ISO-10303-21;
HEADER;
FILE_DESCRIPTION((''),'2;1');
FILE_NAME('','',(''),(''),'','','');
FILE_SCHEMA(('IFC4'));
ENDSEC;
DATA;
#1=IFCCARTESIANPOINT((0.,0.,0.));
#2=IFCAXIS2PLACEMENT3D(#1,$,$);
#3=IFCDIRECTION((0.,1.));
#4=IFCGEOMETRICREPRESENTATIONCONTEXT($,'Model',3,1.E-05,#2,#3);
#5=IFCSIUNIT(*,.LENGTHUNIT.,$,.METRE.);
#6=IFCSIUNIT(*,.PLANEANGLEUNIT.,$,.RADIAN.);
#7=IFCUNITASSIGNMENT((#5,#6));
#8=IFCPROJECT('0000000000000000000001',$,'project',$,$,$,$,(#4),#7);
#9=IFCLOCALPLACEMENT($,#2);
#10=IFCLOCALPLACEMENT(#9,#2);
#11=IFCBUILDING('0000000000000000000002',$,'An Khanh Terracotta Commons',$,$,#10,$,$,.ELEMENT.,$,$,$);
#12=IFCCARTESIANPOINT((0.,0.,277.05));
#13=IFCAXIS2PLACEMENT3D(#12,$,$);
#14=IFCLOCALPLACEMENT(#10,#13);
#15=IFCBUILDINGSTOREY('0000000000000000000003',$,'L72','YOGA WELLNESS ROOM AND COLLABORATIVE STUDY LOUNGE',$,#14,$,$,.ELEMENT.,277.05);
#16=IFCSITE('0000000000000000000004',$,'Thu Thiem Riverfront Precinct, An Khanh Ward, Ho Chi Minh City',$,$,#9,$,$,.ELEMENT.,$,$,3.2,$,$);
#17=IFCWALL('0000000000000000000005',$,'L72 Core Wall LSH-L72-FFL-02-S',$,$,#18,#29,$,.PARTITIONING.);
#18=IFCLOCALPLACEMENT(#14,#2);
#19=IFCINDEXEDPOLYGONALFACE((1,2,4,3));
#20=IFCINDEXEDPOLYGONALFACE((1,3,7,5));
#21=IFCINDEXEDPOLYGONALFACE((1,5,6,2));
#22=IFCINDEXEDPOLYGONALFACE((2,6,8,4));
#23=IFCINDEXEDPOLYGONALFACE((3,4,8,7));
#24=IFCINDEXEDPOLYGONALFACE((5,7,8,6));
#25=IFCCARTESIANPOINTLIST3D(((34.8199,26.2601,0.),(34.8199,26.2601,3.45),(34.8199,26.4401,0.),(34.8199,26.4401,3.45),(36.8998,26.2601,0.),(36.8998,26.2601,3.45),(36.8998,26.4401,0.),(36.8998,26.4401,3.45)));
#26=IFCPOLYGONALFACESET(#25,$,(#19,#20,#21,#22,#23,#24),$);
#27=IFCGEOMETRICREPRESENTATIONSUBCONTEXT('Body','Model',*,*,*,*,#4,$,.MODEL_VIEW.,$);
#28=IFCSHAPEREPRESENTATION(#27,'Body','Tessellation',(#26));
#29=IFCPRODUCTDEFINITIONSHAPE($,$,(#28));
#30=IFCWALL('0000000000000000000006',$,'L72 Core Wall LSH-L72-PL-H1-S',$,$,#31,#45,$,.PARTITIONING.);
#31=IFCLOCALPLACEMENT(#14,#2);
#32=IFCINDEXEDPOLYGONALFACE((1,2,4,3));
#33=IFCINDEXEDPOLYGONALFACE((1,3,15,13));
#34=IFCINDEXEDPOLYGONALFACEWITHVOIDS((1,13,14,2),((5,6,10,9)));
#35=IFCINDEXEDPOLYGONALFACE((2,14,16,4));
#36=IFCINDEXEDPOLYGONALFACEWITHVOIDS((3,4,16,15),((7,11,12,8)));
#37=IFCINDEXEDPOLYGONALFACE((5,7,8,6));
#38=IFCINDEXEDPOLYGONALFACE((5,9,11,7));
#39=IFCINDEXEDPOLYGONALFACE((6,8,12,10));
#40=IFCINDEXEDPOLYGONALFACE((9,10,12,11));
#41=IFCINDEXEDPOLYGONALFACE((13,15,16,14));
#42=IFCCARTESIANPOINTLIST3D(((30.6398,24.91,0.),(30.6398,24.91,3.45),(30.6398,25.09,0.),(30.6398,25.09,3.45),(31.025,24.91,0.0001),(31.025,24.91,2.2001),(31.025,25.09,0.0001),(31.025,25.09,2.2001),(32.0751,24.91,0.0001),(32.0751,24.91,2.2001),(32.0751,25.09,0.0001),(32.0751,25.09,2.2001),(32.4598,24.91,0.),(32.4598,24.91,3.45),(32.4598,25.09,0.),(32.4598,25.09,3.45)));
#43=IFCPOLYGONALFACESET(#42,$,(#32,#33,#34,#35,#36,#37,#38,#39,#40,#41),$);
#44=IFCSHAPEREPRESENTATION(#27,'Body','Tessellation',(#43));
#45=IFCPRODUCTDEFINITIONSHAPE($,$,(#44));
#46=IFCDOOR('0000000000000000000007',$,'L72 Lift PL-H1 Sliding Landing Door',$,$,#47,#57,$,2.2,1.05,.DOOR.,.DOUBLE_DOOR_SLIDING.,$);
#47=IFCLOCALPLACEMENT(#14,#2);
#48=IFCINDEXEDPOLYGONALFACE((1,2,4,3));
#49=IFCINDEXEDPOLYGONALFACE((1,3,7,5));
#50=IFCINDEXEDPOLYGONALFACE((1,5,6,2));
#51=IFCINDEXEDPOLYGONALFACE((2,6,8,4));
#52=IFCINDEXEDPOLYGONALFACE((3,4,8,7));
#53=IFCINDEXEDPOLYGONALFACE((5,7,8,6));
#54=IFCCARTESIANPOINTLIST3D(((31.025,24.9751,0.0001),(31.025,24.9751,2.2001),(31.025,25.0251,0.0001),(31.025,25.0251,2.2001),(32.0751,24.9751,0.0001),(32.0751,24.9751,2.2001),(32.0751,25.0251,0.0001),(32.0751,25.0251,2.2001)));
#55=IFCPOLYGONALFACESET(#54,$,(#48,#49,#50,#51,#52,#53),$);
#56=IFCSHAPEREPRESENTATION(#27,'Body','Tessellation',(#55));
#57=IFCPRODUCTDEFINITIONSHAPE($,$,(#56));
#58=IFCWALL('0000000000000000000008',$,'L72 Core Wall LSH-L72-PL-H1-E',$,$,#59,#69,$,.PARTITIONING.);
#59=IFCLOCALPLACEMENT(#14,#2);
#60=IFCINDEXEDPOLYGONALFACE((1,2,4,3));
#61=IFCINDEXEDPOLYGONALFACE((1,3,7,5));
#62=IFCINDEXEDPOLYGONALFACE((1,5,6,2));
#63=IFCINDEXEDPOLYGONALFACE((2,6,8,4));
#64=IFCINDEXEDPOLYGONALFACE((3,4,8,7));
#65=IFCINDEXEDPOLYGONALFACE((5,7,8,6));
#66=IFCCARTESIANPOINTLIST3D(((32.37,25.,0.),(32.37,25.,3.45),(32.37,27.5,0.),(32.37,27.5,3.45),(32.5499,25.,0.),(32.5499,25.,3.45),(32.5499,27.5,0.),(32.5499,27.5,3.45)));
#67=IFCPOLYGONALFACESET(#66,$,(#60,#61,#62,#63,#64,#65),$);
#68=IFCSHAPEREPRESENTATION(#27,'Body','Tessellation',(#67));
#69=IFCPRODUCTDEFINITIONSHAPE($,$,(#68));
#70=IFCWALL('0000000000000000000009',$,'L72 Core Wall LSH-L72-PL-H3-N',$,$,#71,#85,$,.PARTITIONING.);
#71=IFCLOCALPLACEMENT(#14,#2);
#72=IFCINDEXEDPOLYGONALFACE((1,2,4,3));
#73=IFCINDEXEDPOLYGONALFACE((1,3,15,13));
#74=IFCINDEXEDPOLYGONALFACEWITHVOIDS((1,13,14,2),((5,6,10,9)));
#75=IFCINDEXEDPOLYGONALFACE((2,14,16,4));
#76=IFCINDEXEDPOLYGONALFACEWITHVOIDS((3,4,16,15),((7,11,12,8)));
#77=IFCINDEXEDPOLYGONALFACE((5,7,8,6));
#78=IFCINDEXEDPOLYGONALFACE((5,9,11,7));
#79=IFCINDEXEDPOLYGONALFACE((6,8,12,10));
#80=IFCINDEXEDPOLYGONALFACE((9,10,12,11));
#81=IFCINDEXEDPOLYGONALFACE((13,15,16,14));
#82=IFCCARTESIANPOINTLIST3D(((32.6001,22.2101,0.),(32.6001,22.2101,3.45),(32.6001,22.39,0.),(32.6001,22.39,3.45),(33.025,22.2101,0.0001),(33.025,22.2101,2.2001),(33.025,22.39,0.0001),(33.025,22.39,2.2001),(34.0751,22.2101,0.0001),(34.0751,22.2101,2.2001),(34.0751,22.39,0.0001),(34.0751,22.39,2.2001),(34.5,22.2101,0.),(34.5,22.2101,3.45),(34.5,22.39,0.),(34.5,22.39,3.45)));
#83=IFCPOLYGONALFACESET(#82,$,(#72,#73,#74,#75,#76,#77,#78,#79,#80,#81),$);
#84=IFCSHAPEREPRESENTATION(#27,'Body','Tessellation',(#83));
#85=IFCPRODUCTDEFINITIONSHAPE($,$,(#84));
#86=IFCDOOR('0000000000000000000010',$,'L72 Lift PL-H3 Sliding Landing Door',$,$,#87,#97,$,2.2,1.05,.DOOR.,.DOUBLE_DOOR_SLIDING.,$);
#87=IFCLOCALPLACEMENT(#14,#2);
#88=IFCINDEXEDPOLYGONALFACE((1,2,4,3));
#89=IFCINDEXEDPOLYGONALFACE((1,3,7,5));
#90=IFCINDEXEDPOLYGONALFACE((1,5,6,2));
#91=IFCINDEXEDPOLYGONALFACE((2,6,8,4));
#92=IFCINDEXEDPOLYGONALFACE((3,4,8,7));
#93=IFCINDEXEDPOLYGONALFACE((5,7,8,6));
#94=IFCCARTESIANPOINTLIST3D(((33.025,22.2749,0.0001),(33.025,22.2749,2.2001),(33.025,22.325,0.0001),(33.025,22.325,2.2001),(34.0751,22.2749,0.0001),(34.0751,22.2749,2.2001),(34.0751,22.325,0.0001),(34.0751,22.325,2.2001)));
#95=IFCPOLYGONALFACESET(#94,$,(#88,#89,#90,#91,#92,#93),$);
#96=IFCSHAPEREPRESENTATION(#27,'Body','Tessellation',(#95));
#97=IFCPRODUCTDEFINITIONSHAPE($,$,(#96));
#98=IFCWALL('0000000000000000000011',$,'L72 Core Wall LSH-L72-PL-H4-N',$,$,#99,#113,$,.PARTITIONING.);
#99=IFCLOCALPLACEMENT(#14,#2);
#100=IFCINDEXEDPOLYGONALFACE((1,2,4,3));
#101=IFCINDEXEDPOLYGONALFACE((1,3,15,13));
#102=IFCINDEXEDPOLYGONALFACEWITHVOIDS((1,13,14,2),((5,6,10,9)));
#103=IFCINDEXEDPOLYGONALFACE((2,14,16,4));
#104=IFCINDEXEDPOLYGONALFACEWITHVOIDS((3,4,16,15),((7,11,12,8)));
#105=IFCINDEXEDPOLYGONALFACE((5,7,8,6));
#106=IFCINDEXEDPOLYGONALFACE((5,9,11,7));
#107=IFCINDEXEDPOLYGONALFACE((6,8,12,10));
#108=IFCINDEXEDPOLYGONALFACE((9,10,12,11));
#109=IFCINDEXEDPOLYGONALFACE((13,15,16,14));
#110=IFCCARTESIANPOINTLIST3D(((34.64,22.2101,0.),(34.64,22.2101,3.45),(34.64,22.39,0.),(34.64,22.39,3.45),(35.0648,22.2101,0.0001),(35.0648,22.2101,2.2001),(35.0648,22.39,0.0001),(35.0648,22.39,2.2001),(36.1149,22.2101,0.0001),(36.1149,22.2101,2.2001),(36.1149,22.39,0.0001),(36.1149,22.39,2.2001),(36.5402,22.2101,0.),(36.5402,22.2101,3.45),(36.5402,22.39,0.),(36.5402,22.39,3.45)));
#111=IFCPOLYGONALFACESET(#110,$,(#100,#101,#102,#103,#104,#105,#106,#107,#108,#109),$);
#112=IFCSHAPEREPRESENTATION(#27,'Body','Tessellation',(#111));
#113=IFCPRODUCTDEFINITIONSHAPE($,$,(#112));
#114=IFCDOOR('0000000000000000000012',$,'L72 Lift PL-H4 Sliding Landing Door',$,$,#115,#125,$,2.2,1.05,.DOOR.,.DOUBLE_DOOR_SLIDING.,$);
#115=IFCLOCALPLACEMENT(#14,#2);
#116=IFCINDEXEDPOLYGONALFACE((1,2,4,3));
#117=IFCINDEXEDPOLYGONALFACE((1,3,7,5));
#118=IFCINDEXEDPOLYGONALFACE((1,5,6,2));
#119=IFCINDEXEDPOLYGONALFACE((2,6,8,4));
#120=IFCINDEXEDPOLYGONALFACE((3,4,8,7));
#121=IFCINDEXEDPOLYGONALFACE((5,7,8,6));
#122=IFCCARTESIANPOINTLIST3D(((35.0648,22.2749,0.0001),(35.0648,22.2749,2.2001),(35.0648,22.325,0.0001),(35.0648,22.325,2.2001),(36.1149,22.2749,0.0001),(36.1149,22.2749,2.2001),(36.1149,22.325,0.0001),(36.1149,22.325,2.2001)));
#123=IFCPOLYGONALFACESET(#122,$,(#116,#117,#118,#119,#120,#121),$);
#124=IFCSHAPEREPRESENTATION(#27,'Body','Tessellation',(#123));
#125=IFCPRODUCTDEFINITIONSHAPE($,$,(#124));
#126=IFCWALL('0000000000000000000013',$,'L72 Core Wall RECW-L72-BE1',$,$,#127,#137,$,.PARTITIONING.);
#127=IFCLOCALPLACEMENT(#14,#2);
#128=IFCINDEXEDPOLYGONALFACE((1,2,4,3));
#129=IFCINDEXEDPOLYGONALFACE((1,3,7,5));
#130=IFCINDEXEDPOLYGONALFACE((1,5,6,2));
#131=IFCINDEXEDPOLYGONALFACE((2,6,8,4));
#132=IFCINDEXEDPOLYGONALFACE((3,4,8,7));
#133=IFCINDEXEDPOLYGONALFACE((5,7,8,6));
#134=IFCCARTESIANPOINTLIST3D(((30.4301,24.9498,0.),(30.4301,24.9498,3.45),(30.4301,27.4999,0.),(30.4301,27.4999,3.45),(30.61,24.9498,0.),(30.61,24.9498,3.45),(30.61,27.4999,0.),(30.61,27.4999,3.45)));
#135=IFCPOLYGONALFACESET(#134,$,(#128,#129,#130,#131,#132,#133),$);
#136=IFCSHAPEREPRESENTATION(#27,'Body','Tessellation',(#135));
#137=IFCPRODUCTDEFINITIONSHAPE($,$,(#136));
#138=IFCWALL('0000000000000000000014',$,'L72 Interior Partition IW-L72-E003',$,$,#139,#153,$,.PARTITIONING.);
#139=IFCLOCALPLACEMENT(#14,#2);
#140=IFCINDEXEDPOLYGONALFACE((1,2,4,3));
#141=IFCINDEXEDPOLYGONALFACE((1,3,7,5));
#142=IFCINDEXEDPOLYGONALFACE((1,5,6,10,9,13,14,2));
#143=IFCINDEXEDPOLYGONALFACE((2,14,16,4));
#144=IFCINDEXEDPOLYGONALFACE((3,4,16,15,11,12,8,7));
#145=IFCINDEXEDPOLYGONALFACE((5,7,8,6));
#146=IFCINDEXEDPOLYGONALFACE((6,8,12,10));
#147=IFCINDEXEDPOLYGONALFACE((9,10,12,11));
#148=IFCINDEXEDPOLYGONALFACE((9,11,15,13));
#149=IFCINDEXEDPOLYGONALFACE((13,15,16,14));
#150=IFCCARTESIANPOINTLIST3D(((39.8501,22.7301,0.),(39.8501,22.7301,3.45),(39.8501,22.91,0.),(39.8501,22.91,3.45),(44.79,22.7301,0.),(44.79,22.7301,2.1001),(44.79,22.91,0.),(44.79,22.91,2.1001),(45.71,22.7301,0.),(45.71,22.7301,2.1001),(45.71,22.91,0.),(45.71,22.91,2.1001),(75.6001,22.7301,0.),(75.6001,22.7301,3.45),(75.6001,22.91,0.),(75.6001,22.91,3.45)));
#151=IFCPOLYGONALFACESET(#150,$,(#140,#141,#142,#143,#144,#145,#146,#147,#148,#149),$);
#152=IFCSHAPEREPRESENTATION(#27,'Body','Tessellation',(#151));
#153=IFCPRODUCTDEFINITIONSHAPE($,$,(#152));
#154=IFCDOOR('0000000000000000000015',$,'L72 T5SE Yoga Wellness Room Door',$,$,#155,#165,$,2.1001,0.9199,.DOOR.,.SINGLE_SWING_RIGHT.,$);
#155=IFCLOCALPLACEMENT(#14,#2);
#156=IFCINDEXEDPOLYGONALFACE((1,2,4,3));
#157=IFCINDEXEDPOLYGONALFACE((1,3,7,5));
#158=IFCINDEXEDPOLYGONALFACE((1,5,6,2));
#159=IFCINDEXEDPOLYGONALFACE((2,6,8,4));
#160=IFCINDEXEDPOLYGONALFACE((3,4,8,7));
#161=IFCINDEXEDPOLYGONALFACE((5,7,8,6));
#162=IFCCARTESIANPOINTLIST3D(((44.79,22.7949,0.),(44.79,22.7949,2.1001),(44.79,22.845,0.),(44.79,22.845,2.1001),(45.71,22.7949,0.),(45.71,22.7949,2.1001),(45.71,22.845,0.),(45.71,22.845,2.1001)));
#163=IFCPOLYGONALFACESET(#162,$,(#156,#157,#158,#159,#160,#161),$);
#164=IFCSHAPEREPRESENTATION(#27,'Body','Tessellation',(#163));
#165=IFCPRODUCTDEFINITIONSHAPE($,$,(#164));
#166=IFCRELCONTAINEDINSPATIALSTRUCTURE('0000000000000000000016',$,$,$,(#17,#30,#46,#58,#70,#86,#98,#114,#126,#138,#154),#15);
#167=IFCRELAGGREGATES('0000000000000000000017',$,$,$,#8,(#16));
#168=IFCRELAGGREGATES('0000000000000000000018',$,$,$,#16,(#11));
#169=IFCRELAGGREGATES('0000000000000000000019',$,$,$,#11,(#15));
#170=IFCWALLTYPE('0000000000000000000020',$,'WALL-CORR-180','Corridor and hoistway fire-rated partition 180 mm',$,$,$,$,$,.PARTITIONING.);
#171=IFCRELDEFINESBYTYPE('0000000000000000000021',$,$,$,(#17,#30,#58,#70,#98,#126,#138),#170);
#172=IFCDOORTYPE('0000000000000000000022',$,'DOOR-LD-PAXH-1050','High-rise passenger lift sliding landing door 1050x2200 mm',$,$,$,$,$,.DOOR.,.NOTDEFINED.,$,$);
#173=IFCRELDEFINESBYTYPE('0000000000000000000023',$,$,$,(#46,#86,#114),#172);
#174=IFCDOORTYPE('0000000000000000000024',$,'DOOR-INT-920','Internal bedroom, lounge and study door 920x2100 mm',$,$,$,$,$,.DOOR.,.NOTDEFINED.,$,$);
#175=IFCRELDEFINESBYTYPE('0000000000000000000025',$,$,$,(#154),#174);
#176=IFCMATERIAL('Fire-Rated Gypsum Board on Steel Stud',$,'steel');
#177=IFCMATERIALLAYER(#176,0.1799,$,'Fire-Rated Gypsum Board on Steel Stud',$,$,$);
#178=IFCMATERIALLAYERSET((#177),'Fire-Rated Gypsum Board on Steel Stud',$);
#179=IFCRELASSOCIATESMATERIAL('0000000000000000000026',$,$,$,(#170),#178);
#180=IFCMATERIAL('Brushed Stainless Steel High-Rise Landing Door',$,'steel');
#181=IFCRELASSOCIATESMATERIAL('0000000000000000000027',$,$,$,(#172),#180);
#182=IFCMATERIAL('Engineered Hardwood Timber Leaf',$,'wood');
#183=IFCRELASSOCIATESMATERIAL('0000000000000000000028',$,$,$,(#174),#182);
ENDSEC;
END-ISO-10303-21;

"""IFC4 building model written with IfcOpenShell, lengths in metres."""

from ifc_helpers import new_model, si_unit, direction, frame, frame_2d, origin, place, context, subcontext, project, spatial, rectangle, extrude, material, layer, layer_set, type_object, element, fill, save


model = new_model("IFC4")

# Units and contexts
model_context = context("Model", 3, precision=1e-05, world=origin(), true_north=direction((0.0, 1.0)))
body_context = subcontext(model_context, "Body", "Model", "MODEL_VIEW")
ifc_project = project(units=[si_unit("LENGTHUNIT", "METRE"), si_unit("PLANEANGLEUNIT", "RADIAN")], contexts=[model_context])

# Site, building, storey
site_placement = place(None, origin())
site = spatial("IfcSite", under=ifc_project, at=site_placement, Name="Thu Thiem Riverfront Precinct, An Khanh Ward, Ho Chi Minh City", CompositionType="ELEMENT", RefElevation=3.2)
building_placement = place(site_placement, origin())
building = spatial("IfcBuilding", under=site, at=building_placement, Name="An Khanh Terracotta Commons", CompositionType="ELEMENT")
storey_placement = place(building_placement, frame((0.0, 0.0, 277.05)))
storey = spatial("IfcBuildingStorey", under=building, at=storey_placement, Name="L72", Description="YOGA WELLNESS ROOM AND COLLABORATIVE STUDY LOUNGE", CompositionType="ELEMENT", Elevation=277.05)

# Wall
ifc_material_1 = material(Name="Fire-Rated Gypsum Board on Steel Stud", Category="steel")
ifc_layer = layer(ifc_material_1, 0.1799, Name="Fire-Rated Gypsum Board on Steel Stud")
ifc_layer_set = layer_set([ifc_layer], Name="Fire-Rated Gypsum Board on Steel Stud")
wall_type = type_object("IfcWallType", Name="WALL-CORR-180", Description="Corridor and hoistway fire-rated partition 180 mm", PredefinedType="PARTITIONING", material=ifc_layer_set)
wall_1_placement = place(storey_placement, frame((36.8999, 26.3501, 0.0), z_axis=(0.0, 0.0, 1.0), x_axis=(-1.0, 0.0, 0.0)))
element("IfcWall", 1, at=wall_1_placement, inside=storey, type_object=wall_type, Name="L72 Core Wall LSH-L72-FFL-02-S", PredefinedType="PARTITIONING", context=body_context, shape_type="SweptSolid", body=[
    extrude(rectangle(XDim=2.0798, YDim=0.1799, at=frame_2d((1.04, 0.0))), origin(), (0.0, 0.0, 1.0), 3.45),
])

# Wall, opening, door
wall_2_placement = place(storey_placement, frame((32.46, 25.0, 0.0), z_axis=(0.0, 0.0, 1.0), x_axis=(-1.0, 0.0, 0.0)))
wall_2 = element("IfcWall", 2, at=wall_2_placement, inside=storey, type_object=wall_type, Name="L72 Core Wall LSH-L72-PL-H1-S", PredefinedType="PARTITIONING", context=body_context, shape_type="SweptSolid", body=[
    extrude(rectangle(XDim=1.8201, YDim=0.1799, at=frame_2d((0.9102, 0.0))), origin(), (0.0, 0.0, 1.0), 3.45),
])
opening_1_placement = place(wall_2_placement, frame((0.385, 0.0, 0.0)))
opening_1 = element("IfcOpeningElement", 3, at=opening_1_placement, cuts=wall_2, PredefinedType="OPENING", context=body_context, shape_type="SweptSolid", body=[
    extrude(rectangle(XDim=1.05, YDim=2.2, at=frame_2d((0.5249, 1.1001))), frame((0.0, 0.0999, 0.0), z_axis=(0.0, -1.0, 0.0), x_axis=(1.0, 0.0, 0.0)), (0.0, 0.0, 1.0), 0.2),
])
ifc_material_2 = material(Name="Brushed Stainless Steel High-Rise Landing Door", Category="steel")
door_type_1 = type_object("IfcDoorType", Name="DOOR-LD-PAXH-1050", Description="High-rise passenger lift sliding landing door 1050x2200 mm", OperationType="NOTDEFINED", PredefinedType="DOOR", material=ifc_material_2)
door_1_placement = place(opening_1_placement, origin())
door_1 = element("IfcDoor", 4, at=door_1_placement, inside=storey, type_object=door_type_1, Name="L72 Lift PL-H1 Sliding Landing Door", OperationType="DOUBLE_DOOR_SLIDING", OverallHeight=2.2, OverallWidth=1.05, PredefinedType="DOOR", context=body_context, shape_type="SweptSolid", body=[
    extrude(rectangle(XDim=1.05, YDim=2.2, at=frame_2d((0.5249, 1.1001))), frame((0.0, 0.0249, 0.0), z_axis=(0.0, -1.0, 0.0), x_axis=(1.0, 0.0, 0.0)), (0.0, 0.0, 1.0), 0.05),
])
fill(opening_1, door_1)

# Wall
wall_3_placement = place(storey_placement, frame((32.46, 25.0, 0.0), z_axis=(0.0, 0.0, 1.0), x_axis=(0.0, 1.0, 0.0)))
element("IfcWall", 5, at=wall_3_placement, inside=storey, type_object=wall_type, Name="L72 Core Wall LSH-L72-PL-H1-E", PredefinedType="PARTITIONING", context=body_context, shape_type="SweptSolid", body=[
    extrude(rectangle(XDim=2.5, YDim=0.1799, at=frame_2d((1.25, 0.0))), origin(), (0.0, 0.0, 1.0), 3.45),
])

# Walls, openings, doors
wall_4_placement = place(storey_placement, frame((32.6001, 22.3, 0.0), z_axis=(0.0, 0.0, 1.0), x_axis=(1.0, 0.0, 0.0)))
wall_4 = element("IfcWall", 6, at=wall_4_placement, inside=storey, type_object=wall_type, Name="L72 Core Wall LSH-L72-PL-H3-N", PredefinedType="PARTITIONING", context=body_context, shape_type="SweptSolid", body=[
    extrude(rectangle(XDim=1.8999, YDim=0.1799, at=frame_2d((0.95, 0.0))), origin(), (0.0, 0.0, 1.0), 3.45),
])
opening_2_placement = place(wall_4_placement, frame((0.425, 0.0, 0.0)))
opening_2 = element("IfcOpeningElement", 7, at=opening_2_placement, cuts=wall_4, PredefinedType="OPENING", context=body_context, shape_type="SweptSolid", body=[
    extrude(rectangle(XDim=1.05, YDim=2.2, at=frame_2d((0.5249, 1.1001))), frame((0.0, 0.0999, 0.0), z_axis=(0.0, -1.0, 0.0), x_axis=(1.0, 0.0, 0.0)), (0.0, 0.0, 1.0), 0.2),
])
door_2_placement = place(opening_2_placement, origin())
door_2 = element("IfcDoor", 8, at=door_2_placement, inside=storey, type_object=door_type_1, Name="L72 Lift PL-H3 Sliding Landing Door", OperationType="DOUBLE_DOOR_SLIDING", OverallHeight=2.2, OverallWidth=1.05, PredefinedType="DOOR", context=body_context, shape_type="SweptSolid", body=[
    extrude(rectangle(XDim=1.05, YDim=2.2, at=frame_2d((0.5249, 1.1001))), frame((0.0, 0.0249, 0.0), z_axis=(0.0, -1.0, 0.0), x_axis=(1.0, 0.0, 0.0)), (0.0, 0.0, 1.0), 0.05),
])
fill(opening_2, door_2)
wall_5_placement = place(storey_placement, frame((34.6399, 22.3, 0.0), z_axis=(0.0, 0.0, 1.0), x_axis=(1.0, 0.0, 0.0)))
wall_5 = element("IfcWall", 9, at=wall_5_placement, inside=storey, type_object=wall_type, Name="L72 Core Wall LSH-L72-PL-H4-N", PredefinedType="PARTITIONING", context=body_context, shape_type="SweptSolid", body=[
    extrude(rectangle(XDim=1.9001, YDim=0.1799, at=frame_2d((0.9502, 0.0))), origin(), (0.0, 0.0, 1.0), 3.45),
])
opening_3_placement = place(wall_5_placement, frame((0.425, 0.0, 0.0)))
opening_3 = element("IfcOpeningElement", 10, at=opening_3_placement, cuts=wall_5, PredefinedType="OPENING", context=body_context, shape_type="SweptSolid", body=[
    extrude(rectangle(XDim=1.05, YDim=2.2, at=frame_2d((0.5249, 1.1001))), frame((0.0, 0.0999, 0.0), z_axis=(0.0, -1.0, 0.0), x_axis=(1.0, 0.0, 0.0)), (0.0, 0.0, 1.0), 0.2),
])
door_3_placement = place(opening_3_placement, origin())
door_3 = element("IfcDoor", 11, at=door_3_placement, inside=storey, type_object=door_type_1, Name="L72 Lift PL-H4 Sliding Landing Door", OperationType="DOUBLE_DOOR_SLIDING", OverallHeight=2.2, OverallWidth=1.05, PredefinedType="DOOR", context=body_context, shape_type="SweptSolid", body=[
    extrude(rectangle(XDim=1.05, YDim=2.2, at=frame_2d((0.5249, 1.1001))), frame((0.0, 0.0249, 0.0), z_axis=(0.0, -1.0, 0.0), x_axis=(1.0, 0.0, 0.0)), (0.0, 0.0, 1.0), 0.05),
])
fill(opening_3, door_3)

# Wall
wall_6_placement = place(storey_placement, frame((30.52, 24.95, 0.0), z_axis=(0.0, 0.0, 1.0), x_axis=(0.0, 1.0, 0.0)))
element("IfcWall", 12, at=wall_6_placement, inside=storey, type_object=wall_type, Name="L72 Core Wall RECW-L72-BE1", PredefinedType="PARTITIONING", context=body_context, shape_type="SweptSolid", body=[
    extrude(rectangle(XDim=2.55, YDim=0.1799, at=frame_2d((1.2749, 0.0))), origin(), (0.0, 0.0, 1.0), 3.45),
])

# Wall, opening, door
wall_7_placement = place(storey_placement, frame((39.8501, 22.8201, 0.0), z_axis=(0.0, 0.0, 1.0), x_axis=(1.0, 0.0, 0.0)))
wall_7 = element("IfcWall", 13, at=wall_7_placement, inside=storey, type_object=wall_type, Name="L72 Interior Partition IW-L72-E003", PredefinedType="PARTITIONING", context=body_context, shape_type="SweptSolid", body=[
    extrude(rectangle(XDim=35.75, YDim=0.1799, at=frame_2d((17.875, 0.0))), origin(), (0.0, 0.0, 1.0), 3.45),
])
opening_4_placement = place(wall_7_placement, frame((4.9399, 0.0, 0.0)))
opening_4 = element("IfcOpeningElement", 14, at=opening_4_placement, cuts=wall_7, PredefinedType="OPENING", context=body_context, shape_type="SweptSolid", body=[
    extrude(rectangle(XDim=0.9199, YDim=2.1001, at=frame_2d((0.46, 1.05))), frame((0.0, 0.0999, 0.0), z_axis=(0.0, -1.0, 0.0), x_axis=(1.0, 0.0, 0.0)), (0.0, 0.0, 1.0), 0.2),
])
ifc_material_3 = material(Name="Engineered Hardwood Timber Leaf", Category="wood")
door_type_2 = type_object("IfcDoorType", Name="DOOR-INT-920", Description="Internal bedroom, lounge and study door 920x2100 mm", OperationType="NOTDEFINED", PredefinedType="DOOR", material=ifc_material_3)
door_4_placement = place(opening_4_placement, origin())
door_4 = element("IfcDoor", 15, at=door_4_placement, inside=storey, type_object=door_type_2, Name="L72 T5SE Yoga Wellness Room Door", OperationType="SINGLE_SWING_RIGHT", OverallHeight=2.1001, OverallWidth=0.9199, PredefinedType="DOOR", context=body_context, shape_type="SweptSolid", body=[
    extrude(rectangle(XDim=0.9199, YDim=2.1001, at=frame_2d((0.46, 1.05))), frame((0.0, 0.0249, 0.0), z_axis=(0.0, -1.0, 0.0), x_axis=(1.0, 0.0, 0.0)), (0.0, 0.0, 1.0), 0.05),
])
fill(opening_4, door_4)

save(model, "model.ifc")
